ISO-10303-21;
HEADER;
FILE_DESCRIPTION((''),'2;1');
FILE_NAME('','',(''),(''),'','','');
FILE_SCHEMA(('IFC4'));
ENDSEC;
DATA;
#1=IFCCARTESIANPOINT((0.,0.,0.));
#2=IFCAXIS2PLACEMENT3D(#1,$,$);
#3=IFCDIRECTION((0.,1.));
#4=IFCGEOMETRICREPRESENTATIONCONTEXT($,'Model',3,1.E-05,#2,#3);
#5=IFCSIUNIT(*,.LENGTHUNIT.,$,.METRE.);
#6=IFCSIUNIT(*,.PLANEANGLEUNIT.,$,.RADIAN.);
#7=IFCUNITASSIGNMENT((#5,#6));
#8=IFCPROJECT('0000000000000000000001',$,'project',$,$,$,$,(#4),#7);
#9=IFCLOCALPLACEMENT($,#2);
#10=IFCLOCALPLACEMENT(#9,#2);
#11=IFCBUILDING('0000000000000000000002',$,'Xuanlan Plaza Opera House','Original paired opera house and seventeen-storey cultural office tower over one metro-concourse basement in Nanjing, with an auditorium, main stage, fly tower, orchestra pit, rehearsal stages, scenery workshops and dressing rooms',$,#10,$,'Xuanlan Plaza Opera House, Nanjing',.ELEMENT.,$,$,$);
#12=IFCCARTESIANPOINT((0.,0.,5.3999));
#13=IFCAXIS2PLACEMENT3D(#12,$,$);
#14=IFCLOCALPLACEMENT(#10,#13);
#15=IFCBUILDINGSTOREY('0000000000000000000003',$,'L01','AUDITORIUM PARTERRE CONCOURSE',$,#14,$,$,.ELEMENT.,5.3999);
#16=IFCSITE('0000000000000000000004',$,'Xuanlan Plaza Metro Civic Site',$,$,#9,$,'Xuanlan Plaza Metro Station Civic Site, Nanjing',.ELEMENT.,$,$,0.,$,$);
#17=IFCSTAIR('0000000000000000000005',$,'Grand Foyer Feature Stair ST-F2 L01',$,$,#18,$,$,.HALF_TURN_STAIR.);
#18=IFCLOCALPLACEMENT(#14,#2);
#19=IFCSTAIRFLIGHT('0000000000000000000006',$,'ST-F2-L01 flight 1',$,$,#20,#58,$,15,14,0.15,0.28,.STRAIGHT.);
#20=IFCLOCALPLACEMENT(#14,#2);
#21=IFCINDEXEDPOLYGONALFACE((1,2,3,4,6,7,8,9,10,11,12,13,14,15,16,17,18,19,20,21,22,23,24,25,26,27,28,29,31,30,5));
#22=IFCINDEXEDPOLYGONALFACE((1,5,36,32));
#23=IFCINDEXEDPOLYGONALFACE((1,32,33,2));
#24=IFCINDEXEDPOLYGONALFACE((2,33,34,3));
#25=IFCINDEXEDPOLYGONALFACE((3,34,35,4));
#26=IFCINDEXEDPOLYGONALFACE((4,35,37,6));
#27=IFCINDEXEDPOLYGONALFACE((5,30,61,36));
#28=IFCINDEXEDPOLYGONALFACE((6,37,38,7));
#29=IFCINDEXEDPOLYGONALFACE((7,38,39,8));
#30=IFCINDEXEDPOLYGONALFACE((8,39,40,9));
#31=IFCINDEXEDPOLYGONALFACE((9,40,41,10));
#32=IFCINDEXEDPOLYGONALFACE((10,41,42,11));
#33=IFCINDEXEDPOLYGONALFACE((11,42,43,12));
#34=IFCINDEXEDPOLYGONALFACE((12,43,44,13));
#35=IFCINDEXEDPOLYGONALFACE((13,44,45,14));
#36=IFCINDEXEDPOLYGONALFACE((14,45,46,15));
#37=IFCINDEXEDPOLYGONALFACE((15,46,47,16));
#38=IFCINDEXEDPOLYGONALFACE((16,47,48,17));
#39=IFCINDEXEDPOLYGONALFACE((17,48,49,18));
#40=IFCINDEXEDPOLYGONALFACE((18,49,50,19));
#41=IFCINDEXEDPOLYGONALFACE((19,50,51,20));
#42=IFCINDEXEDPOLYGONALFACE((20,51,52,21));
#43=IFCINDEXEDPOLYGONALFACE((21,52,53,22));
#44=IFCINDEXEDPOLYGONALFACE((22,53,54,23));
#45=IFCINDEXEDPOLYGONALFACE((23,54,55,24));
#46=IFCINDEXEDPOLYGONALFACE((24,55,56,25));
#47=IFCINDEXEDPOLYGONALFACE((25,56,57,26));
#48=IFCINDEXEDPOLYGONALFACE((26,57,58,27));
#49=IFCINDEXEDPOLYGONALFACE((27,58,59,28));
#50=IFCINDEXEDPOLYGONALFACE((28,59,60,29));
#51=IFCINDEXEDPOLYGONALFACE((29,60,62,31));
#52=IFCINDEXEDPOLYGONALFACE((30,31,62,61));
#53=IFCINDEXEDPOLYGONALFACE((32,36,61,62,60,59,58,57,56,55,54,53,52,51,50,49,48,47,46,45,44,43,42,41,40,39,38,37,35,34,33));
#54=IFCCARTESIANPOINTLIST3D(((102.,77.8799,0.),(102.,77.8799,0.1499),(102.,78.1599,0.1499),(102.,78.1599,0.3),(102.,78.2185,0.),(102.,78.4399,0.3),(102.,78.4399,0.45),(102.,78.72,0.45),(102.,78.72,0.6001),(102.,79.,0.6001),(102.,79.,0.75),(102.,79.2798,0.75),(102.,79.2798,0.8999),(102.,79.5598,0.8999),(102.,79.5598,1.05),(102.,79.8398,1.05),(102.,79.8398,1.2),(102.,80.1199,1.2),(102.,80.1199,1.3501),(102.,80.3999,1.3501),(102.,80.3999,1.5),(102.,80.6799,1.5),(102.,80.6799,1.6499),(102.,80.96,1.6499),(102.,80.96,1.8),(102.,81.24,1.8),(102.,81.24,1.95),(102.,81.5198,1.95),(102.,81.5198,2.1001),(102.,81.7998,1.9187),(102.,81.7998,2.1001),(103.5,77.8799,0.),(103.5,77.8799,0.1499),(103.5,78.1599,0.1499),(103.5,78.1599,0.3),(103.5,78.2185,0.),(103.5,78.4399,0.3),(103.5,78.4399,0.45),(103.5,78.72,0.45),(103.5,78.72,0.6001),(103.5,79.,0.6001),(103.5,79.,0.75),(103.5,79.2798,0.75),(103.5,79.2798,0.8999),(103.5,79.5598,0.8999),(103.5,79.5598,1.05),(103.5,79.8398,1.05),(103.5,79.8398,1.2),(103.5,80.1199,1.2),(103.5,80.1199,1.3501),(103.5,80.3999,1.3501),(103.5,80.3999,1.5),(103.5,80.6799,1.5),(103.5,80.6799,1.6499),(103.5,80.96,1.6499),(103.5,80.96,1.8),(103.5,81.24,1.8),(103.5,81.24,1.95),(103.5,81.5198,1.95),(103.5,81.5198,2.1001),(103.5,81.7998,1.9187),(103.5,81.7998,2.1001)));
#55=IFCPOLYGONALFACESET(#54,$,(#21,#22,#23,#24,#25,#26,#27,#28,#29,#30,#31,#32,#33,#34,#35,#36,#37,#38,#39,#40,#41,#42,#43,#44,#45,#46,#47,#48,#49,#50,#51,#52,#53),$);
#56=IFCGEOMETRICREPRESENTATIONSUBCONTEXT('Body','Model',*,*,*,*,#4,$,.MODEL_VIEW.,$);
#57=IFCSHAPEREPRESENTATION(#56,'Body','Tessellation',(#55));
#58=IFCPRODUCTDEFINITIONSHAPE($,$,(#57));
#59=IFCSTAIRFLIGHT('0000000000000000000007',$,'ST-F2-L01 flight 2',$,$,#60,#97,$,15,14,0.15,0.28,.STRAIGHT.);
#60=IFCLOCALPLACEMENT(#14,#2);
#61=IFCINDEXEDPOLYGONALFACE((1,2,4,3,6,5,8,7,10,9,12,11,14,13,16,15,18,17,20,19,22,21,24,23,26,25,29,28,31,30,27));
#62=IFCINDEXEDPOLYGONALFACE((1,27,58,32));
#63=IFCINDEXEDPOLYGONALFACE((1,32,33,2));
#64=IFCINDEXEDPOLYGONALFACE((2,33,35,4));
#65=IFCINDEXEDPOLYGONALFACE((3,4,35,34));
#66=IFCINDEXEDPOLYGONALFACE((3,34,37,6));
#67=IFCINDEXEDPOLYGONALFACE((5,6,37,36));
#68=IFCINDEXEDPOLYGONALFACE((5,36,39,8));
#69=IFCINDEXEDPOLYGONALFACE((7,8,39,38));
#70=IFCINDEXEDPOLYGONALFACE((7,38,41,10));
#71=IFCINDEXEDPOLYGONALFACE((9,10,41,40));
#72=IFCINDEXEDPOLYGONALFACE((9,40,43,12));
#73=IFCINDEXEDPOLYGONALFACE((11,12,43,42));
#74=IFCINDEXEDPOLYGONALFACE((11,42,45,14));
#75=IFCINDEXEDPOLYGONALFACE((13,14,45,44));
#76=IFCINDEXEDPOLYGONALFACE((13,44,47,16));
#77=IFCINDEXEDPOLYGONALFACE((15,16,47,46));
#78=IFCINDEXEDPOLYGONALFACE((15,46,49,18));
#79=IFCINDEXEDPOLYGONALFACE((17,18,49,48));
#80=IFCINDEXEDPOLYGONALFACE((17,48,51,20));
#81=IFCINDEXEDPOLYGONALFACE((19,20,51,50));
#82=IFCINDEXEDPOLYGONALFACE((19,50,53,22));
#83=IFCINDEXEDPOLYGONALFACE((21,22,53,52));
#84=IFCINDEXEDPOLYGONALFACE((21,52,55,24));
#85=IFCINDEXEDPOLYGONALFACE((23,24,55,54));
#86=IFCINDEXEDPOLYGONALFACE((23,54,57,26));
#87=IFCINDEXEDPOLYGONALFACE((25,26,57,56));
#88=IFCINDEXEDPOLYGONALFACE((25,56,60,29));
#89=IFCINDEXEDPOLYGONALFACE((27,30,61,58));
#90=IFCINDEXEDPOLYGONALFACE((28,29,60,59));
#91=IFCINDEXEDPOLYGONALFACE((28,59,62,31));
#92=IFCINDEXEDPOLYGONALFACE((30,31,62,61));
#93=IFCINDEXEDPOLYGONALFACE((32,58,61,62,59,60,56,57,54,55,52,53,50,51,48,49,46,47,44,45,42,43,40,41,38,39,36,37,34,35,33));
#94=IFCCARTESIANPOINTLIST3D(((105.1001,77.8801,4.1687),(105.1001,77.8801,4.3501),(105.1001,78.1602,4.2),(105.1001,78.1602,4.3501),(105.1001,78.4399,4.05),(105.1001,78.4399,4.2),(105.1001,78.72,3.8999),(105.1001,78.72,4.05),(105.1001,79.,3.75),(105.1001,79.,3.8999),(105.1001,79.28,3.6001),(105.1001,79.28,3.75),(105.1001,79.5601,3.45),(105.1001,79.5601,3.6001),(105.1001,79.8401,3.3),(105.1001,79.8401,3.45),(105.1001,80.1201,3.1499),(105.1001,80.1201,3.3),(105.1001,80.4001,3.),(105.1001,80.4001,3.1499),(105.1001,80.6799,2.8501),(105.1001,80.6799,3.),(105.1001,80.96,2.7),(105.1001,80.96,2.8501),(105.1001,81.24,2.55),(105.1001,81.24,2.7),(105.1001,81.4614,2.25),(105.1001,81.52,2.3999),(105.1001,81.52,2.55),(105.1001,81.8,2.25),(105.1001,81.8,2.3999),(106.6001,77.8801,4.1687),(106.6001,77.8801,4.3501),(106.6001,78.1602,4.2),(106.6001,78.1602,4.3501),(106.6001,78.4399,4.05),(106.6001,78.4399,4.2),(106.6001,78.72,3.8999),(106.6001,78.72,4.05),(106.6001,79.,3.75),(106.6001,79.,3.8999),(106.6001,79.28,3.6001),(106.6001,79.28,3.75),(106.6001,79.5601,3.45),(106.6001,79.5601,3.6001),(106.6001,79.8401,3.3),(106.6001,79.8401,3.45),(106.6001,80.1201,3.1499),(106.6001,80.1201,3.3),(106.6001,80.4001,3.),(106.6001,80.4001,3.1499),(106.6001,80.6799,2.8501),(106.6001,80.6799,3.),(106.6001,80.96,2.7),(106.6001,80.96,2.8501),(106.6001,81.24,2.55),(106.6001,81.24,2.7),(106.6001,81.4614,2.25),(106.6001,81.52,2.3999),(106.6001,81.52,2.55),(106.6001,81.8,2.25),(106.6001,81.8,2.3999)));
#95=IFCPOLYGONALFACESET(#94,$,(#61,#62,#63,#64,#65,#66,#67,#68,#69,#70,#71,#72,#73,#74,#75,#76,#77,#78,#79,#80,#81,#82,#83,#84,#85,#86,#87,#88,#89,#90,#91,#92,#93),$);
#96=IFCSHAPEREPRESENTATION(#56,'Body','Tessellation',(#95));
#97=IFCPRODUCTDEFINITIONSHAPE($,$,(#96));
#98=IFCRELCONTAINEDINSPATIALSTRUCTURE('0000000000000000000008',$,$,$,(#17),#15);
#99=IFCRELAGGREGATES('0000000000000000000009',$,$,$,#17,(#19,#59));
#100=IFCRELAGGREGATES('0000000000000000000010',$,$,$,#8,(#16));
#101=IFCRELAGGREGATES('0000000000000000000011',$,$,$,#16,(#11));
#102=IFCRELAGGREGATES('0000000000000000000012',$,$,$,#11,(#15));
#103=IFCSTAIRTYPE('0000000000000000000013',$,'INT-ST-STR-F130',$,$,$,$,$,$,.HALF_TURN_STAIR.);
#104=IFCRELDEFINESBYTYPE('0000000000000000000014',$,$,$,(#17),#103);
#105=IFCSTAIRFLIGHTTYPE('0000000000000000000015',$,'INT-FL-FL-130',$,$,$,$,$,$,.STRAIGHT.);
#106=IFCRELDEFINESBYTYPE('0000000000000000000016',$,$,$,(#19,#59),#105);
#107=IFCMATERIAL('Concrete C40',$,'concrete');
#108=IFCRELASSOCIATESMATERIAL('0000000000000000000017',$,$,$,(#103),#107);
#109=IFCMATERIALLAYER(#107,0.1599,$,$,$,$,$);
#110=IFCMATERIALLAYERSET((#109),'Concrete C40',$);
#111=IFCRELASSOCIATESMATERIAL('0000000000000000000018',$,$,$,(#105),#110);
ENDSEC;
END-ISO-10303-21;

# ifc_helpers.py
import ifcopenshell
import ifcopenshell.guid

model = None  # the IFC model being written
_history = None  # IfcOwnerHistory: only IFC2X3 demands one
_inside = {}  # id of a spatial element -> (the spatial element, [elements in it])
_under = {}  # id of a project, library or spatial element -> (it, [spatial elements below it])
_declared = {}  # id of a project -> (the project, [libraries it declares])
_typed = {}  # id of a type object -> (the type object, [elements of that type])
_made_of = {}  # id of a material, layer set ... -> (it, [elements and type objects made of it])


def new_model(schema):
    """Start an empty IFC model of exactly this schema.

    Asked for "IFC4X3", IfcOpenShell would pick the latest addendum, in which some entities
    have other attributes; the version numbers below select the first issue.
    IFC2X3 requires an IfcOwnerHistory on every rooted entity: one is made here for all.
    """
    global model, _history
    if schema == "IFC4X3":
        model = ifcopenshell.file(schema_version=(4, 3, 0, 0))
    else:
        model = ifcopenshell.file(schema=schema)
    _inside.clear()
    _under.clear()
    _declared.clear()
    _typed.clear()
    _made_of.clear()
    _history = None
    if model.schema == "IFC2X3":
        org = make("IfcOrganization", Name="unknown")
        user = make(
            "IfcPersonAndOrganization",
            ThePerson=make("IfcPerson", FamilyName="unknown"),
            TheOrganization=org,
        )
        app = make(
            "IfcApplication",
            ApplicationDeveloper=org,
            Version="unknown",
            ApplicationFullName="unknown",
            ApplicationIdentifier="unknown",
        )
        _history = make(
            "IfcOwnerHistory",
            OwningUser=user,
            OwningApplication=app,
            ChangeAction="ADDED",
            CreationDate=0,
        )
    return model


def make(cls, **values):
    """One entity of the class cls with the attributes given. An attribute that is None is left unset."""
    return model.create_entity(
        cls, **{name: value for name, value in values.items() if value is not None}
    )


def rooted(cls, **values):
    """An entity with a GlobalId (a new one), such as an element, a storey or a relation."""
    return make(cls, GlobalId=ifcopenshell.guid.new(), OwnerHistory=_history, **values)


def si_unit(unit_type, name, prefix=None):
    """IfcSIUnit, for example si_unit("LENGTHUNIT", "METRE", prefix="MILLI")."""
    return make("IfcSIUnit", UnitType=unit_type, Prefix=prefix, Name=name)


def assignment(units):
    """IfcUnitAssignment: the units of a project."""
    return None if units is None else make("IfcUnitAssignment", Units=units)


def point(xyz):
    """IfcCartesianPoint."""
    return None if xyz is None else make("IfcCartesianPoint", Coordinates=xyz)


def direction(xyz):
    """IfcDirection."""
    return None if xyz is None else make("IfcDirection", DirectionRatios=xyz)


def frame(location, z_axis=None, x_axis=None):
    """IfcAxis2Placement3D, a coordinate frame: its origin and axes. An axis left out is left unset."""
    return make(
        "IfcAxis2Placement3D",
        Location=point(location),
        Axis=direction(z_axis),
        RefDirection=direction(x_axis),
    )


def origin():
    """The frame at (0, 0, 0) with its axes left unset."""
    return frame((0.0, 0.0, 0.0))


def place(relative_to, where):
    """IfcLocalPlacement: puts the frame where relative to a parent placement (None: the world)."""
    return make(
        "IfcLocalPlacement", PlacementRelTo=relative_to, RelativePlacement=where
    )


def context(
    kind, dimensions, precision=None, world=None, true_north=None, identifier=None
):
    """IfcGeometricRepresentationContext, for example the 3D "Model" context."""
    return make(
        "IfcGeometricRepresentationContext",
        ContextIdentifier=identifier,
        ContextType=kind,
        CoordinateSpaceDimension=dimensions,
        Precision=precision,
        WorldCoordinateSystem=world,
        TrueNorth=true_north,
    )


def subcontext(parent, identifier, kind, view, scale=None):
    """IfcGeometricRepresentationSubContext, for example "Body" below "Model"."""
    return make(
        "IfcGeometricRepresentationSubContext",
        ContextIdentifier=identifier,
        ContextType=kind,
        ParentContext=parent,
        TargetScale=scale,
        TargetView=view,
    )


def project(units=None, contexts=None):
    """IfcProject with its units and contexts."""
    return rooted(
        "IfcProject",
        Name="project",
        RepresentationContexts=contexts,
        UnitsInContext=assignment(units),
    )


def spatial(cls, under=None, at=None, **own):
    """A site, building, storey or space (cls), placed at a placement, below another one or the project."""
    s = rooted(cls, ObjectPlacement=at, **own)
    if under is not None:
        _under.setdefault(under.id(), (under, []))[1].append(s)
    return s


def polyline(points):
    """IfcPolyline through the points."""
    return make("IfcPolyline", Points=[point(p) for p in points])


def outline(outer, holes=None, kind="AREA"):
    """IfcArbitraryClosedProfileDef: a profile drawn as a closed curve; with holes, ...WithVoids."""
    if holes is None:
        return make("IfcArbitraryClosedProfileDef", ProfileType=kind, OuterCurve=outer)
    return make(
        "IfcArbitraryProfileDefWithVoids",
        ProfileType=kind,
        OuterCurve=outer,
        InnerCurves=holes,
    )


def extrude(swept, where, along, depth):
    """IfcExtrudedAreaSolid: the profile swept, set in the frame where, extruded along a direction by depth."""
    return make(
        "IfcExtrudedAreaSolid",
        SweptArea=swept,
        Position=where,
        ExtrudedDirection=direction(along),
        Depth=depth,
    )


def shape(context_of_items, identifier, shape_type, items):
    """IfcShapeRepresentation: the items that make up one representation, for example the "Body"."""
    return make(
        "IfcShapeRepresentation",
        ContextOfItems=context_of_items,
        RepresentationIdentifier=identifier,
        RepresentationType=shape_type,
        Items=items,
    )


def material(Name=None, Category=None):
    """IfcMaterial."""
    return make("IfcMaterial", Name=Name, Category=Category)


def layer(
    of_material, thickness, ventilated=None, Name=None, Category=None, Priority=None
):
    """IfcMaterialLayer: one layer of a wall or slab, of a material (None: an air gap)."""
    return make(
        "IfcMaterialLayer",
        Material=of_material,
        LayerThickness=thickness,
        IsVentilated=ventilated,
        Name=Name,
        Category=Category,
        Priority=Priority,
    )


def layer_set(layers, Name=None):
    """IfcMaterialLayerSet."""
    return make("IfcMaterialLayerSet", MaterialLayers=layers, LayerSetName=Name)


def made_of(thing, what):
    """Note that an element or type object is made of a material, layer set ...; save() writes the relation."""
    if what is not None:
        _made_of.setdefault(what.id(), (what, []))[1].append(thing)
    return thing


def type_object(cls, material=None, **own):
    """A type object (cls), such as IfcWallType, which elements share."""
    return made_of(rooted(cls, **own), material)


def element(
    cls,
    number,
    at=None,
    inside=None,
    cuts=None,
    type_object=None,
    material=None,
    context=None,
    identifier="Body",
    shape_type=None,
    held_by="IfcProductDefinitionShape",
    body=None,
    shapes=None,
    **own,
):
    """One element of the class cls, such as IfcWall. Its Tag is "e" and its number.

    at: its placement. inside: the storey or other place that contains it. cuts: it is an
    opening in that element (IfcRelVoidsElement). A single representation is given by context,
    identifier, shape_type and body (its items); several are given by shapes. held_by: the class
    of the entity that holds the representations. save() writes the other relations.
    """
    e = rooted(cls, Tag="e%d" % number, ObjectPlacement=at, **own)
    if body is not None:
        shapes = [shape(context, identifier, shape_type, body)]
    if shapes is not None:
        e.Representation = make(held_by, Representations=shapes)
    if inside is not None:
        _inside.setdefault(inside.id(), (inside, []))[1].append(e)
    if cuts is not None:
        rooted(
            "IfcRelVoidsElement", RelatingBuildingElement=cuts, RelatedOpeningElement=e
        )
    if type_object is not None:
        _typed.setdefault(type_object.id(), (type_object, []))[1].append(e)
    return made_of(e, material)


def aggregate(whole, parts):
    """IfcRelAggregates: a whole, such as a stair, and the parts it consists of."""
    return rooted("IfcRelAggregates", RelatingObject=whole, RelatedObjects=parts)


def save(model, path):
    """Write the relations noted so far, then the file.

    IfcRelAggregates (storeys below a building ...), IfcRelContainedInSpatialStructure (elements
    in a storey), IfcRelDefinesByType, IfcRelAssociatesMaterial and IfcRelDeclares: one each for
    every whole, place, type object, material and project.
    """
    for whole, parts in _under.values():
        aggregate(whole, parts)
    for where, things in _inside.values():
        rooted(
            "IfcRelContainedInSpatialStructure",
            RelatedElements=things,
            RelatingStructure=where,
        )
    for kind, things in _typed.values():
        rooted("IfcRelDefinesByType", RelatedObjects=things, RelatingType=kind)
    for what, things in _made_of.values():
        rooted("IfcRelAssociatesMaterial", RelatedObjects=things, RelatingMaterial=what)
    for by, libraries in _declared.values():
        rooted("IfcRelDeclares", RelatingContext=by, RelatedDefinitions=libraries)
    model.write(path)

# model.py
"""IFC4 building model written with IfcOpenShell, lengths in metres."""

from ifc_helpers import new_model, si_unit, direction, frame, origin, place, context, subcontext, project, spatial, polyline, outline, extrude, material, layer, layer_set, type_object, element, aggregate, save


model = new_model("IFC4")

# Units and contexts
model_context = context("Model", 3, precision=1e-05, world=origin(), true_north=direction((0.0, 1.0)))
body_context = subcontext(model_context, "Body", "Model", "MODEL_VIEW")
ifc_project = project(units=[si_unit("LENGTHUNIT", "METRE"), si_unit("PLANEANGLEUNIT", "RADIAN")], contexts=[model_context])

# Site, building, storey
site_placement = place(None, origin())
site = spatial("IfcSite", under=ifc_project, at=site_placement, Name="Xuanlan Plaza Metro Civic Site", LongName="Xuanlan Plaza Metro Station Civic Site, Nanjing", CompositionType="ELEMENT", RefElevation=0.0)
building_placement = place(site_placement, origin())
building = spatial("IfcBuilding", under=site, at=building_placement, Name="Xuanlan Plaza Opera House", Description="Original paired opera house and seventeen-storey cultural office tower over one metro-concourse basement in Nanjing, with an auditorium, main stage, fly tower, orchestra pit, rehearsal stages, scenery workshops and dressing rooms", LongName="Xuanlan Plaza Opera House, Nanjing", CompositionType="ELEMENT")
storey_placement = place(building_placement, frame((0.0, 0.0, 5.3999)))
storey = spatial("IfcBuildingStorey", under=building, at=storey_placement, Name="L01", Description="AUDITORIUM PARTERRE CONCOURSE", CompositionType="ELEMENT", Elevation=5.3999)

# Shared definitions
ifc_material_1 = material(Name="Concrete C40", Category="concrete")

# Stair, stair flights
stair_type = type_object("IfcStairType", Name="INT-ST-STR-F130", PredefinedType="HALF_TURN_STAIR", material=ifc_material_1)
stair_placement = place(storey_placement, origin())
stair = element("IfcStair", 1, at=stair_placement, inside=storey, type_object=stair_type, Name="Grand Foyer Feature Stair ST-F2 L01", PredefinedType="HALF_TURN_STAIR")
ifc_layer_1 = layer(ifc_material_1, 0.1599)
ifc_layer_set_1 = layer_set([ifc_layer_1], Name="Concrete C40")
stair_flight_type = type_object("IfcStairFlightType", Name="INT-FL-FL-130", PredefinedType="STRAIGHT", material=ifc_layer_set_1)
stair_flight_1_placement = place(storey_placement, frame((102.75, 77.8799, 0.0), z_axis=(0.0, 0.0, 1.0), x_axis=(0.0, 1.0, 0.0)))
stair_flight_1 = element("IfcStairFlight", 2, at=stair_flight_1_placement, type_object=stair_flight_type, Name="ST-F2-L01 flight 1", NumberOfRisers=15, NumberOfTreads=14, PredefinedType="STRAIGHT", RiserHeight=0.15, TreadLength=0.28, context=body_context, shape_type="SweptSolid", body=[
    extrude(outline(polyline([(0.0, 0.0), (0.0, 0.1499), (0.28, 0.1499), (0.28, 0.3), (0.5601, 0.3), (0.5601, 0.45), (0.8401, 0.45), (0.8401, 0.6001), (1.1201, 0.6001), (1.1201, 0.75), (1.3999, 0.75), (1.3999, 0.8999), (1.6799, 0.8999), (1.6799, 1.05), (1.96, 1.05), (1.96, 1.2), (2.24, 1.2), (2.24, 1.3501), (2.52, 1.3501), (2.52, 1.5), (2.8, 1.5), (2.8, 1.6499), (3.0801, 1.6499), (3.0801, 1.8), (3.3601, 1.8), (3.3601, 1.95), (3.6399, 1.95), (3.6399, 2.1001), (3.9199, 2.1001), (3.9199, 2.25), (3.9199, 1.9187), (0.3386, 0.0), (0.0, 0.0)])), frame((0.0, 0.75, 0.0), z_axis=(0.0, -1.0, 0.0), x_axis=(1.0, 0.0, 0.0)), (0.0, 0.0, 1.0), 1.5),
])
stair_flight_2_placement = place(storey_placement, frame((105.8501, 81.8, 2.25), z_axis=(0.0, 0.0, 1.0), x_axis=(0.0, -1.0, 0.0)))
stair_flight_2 = element("IfcStairFlight", 3, at=stair_flight_2_placement, type_object=stair_flight_type, Name="ST-F2-L01 flight 2", NumberOfRisers=15, NumberOfTreads=14, PredefinedType="STRAIGHT", RiserHeight=0.15, TreadLength=0.28, context=body_context, shape_type="SweptSolid", body=[
    extrude(outline(polyline([(0.0, 0.0), (0.0, 0.1499), (0.28, 0.1499), (0.28, 0.3), (0.5601, 0.3), (0.5601, 0.45), (0.8401, 0.45), (0.8401, 0.6001), (1.1201, 0.6001), (1.1201, 0.75), (1.3999, 0.75), (1.3999, 0.8999), (1.6799, 0.8999), (1.6799, 1.05), (1.96, 1.05), (1.96, 1.2), (2.24, 1.2), (2.24, 1.3501), (2.52, 1.3501), (2.52, 1.5), (2.8, 1.5), (2.8, 1.6499), (3.0801, 1.6499), (3.0801, 1.8), (3.3601, 1.8), (3.3601, 1.95), (3.6399, 1.95), (3.6399, 2.1001), (3.9199, 2.1001), (3.9199, 2.25), (3.9199, 1.9187), (0.3386, 0.0), (0.0, 0.0)])), frame((0.0, 0.75, 0.0), z_axis=(0.0, -1.0, 0.0), x_axis=(1.0, 0.0, 0.0)), (0.0, 0.0, 1.0), 1.5),
])
aggregate(stair, [stair_flight_1, stair_flight_2])

save(model, "model.ifc")
